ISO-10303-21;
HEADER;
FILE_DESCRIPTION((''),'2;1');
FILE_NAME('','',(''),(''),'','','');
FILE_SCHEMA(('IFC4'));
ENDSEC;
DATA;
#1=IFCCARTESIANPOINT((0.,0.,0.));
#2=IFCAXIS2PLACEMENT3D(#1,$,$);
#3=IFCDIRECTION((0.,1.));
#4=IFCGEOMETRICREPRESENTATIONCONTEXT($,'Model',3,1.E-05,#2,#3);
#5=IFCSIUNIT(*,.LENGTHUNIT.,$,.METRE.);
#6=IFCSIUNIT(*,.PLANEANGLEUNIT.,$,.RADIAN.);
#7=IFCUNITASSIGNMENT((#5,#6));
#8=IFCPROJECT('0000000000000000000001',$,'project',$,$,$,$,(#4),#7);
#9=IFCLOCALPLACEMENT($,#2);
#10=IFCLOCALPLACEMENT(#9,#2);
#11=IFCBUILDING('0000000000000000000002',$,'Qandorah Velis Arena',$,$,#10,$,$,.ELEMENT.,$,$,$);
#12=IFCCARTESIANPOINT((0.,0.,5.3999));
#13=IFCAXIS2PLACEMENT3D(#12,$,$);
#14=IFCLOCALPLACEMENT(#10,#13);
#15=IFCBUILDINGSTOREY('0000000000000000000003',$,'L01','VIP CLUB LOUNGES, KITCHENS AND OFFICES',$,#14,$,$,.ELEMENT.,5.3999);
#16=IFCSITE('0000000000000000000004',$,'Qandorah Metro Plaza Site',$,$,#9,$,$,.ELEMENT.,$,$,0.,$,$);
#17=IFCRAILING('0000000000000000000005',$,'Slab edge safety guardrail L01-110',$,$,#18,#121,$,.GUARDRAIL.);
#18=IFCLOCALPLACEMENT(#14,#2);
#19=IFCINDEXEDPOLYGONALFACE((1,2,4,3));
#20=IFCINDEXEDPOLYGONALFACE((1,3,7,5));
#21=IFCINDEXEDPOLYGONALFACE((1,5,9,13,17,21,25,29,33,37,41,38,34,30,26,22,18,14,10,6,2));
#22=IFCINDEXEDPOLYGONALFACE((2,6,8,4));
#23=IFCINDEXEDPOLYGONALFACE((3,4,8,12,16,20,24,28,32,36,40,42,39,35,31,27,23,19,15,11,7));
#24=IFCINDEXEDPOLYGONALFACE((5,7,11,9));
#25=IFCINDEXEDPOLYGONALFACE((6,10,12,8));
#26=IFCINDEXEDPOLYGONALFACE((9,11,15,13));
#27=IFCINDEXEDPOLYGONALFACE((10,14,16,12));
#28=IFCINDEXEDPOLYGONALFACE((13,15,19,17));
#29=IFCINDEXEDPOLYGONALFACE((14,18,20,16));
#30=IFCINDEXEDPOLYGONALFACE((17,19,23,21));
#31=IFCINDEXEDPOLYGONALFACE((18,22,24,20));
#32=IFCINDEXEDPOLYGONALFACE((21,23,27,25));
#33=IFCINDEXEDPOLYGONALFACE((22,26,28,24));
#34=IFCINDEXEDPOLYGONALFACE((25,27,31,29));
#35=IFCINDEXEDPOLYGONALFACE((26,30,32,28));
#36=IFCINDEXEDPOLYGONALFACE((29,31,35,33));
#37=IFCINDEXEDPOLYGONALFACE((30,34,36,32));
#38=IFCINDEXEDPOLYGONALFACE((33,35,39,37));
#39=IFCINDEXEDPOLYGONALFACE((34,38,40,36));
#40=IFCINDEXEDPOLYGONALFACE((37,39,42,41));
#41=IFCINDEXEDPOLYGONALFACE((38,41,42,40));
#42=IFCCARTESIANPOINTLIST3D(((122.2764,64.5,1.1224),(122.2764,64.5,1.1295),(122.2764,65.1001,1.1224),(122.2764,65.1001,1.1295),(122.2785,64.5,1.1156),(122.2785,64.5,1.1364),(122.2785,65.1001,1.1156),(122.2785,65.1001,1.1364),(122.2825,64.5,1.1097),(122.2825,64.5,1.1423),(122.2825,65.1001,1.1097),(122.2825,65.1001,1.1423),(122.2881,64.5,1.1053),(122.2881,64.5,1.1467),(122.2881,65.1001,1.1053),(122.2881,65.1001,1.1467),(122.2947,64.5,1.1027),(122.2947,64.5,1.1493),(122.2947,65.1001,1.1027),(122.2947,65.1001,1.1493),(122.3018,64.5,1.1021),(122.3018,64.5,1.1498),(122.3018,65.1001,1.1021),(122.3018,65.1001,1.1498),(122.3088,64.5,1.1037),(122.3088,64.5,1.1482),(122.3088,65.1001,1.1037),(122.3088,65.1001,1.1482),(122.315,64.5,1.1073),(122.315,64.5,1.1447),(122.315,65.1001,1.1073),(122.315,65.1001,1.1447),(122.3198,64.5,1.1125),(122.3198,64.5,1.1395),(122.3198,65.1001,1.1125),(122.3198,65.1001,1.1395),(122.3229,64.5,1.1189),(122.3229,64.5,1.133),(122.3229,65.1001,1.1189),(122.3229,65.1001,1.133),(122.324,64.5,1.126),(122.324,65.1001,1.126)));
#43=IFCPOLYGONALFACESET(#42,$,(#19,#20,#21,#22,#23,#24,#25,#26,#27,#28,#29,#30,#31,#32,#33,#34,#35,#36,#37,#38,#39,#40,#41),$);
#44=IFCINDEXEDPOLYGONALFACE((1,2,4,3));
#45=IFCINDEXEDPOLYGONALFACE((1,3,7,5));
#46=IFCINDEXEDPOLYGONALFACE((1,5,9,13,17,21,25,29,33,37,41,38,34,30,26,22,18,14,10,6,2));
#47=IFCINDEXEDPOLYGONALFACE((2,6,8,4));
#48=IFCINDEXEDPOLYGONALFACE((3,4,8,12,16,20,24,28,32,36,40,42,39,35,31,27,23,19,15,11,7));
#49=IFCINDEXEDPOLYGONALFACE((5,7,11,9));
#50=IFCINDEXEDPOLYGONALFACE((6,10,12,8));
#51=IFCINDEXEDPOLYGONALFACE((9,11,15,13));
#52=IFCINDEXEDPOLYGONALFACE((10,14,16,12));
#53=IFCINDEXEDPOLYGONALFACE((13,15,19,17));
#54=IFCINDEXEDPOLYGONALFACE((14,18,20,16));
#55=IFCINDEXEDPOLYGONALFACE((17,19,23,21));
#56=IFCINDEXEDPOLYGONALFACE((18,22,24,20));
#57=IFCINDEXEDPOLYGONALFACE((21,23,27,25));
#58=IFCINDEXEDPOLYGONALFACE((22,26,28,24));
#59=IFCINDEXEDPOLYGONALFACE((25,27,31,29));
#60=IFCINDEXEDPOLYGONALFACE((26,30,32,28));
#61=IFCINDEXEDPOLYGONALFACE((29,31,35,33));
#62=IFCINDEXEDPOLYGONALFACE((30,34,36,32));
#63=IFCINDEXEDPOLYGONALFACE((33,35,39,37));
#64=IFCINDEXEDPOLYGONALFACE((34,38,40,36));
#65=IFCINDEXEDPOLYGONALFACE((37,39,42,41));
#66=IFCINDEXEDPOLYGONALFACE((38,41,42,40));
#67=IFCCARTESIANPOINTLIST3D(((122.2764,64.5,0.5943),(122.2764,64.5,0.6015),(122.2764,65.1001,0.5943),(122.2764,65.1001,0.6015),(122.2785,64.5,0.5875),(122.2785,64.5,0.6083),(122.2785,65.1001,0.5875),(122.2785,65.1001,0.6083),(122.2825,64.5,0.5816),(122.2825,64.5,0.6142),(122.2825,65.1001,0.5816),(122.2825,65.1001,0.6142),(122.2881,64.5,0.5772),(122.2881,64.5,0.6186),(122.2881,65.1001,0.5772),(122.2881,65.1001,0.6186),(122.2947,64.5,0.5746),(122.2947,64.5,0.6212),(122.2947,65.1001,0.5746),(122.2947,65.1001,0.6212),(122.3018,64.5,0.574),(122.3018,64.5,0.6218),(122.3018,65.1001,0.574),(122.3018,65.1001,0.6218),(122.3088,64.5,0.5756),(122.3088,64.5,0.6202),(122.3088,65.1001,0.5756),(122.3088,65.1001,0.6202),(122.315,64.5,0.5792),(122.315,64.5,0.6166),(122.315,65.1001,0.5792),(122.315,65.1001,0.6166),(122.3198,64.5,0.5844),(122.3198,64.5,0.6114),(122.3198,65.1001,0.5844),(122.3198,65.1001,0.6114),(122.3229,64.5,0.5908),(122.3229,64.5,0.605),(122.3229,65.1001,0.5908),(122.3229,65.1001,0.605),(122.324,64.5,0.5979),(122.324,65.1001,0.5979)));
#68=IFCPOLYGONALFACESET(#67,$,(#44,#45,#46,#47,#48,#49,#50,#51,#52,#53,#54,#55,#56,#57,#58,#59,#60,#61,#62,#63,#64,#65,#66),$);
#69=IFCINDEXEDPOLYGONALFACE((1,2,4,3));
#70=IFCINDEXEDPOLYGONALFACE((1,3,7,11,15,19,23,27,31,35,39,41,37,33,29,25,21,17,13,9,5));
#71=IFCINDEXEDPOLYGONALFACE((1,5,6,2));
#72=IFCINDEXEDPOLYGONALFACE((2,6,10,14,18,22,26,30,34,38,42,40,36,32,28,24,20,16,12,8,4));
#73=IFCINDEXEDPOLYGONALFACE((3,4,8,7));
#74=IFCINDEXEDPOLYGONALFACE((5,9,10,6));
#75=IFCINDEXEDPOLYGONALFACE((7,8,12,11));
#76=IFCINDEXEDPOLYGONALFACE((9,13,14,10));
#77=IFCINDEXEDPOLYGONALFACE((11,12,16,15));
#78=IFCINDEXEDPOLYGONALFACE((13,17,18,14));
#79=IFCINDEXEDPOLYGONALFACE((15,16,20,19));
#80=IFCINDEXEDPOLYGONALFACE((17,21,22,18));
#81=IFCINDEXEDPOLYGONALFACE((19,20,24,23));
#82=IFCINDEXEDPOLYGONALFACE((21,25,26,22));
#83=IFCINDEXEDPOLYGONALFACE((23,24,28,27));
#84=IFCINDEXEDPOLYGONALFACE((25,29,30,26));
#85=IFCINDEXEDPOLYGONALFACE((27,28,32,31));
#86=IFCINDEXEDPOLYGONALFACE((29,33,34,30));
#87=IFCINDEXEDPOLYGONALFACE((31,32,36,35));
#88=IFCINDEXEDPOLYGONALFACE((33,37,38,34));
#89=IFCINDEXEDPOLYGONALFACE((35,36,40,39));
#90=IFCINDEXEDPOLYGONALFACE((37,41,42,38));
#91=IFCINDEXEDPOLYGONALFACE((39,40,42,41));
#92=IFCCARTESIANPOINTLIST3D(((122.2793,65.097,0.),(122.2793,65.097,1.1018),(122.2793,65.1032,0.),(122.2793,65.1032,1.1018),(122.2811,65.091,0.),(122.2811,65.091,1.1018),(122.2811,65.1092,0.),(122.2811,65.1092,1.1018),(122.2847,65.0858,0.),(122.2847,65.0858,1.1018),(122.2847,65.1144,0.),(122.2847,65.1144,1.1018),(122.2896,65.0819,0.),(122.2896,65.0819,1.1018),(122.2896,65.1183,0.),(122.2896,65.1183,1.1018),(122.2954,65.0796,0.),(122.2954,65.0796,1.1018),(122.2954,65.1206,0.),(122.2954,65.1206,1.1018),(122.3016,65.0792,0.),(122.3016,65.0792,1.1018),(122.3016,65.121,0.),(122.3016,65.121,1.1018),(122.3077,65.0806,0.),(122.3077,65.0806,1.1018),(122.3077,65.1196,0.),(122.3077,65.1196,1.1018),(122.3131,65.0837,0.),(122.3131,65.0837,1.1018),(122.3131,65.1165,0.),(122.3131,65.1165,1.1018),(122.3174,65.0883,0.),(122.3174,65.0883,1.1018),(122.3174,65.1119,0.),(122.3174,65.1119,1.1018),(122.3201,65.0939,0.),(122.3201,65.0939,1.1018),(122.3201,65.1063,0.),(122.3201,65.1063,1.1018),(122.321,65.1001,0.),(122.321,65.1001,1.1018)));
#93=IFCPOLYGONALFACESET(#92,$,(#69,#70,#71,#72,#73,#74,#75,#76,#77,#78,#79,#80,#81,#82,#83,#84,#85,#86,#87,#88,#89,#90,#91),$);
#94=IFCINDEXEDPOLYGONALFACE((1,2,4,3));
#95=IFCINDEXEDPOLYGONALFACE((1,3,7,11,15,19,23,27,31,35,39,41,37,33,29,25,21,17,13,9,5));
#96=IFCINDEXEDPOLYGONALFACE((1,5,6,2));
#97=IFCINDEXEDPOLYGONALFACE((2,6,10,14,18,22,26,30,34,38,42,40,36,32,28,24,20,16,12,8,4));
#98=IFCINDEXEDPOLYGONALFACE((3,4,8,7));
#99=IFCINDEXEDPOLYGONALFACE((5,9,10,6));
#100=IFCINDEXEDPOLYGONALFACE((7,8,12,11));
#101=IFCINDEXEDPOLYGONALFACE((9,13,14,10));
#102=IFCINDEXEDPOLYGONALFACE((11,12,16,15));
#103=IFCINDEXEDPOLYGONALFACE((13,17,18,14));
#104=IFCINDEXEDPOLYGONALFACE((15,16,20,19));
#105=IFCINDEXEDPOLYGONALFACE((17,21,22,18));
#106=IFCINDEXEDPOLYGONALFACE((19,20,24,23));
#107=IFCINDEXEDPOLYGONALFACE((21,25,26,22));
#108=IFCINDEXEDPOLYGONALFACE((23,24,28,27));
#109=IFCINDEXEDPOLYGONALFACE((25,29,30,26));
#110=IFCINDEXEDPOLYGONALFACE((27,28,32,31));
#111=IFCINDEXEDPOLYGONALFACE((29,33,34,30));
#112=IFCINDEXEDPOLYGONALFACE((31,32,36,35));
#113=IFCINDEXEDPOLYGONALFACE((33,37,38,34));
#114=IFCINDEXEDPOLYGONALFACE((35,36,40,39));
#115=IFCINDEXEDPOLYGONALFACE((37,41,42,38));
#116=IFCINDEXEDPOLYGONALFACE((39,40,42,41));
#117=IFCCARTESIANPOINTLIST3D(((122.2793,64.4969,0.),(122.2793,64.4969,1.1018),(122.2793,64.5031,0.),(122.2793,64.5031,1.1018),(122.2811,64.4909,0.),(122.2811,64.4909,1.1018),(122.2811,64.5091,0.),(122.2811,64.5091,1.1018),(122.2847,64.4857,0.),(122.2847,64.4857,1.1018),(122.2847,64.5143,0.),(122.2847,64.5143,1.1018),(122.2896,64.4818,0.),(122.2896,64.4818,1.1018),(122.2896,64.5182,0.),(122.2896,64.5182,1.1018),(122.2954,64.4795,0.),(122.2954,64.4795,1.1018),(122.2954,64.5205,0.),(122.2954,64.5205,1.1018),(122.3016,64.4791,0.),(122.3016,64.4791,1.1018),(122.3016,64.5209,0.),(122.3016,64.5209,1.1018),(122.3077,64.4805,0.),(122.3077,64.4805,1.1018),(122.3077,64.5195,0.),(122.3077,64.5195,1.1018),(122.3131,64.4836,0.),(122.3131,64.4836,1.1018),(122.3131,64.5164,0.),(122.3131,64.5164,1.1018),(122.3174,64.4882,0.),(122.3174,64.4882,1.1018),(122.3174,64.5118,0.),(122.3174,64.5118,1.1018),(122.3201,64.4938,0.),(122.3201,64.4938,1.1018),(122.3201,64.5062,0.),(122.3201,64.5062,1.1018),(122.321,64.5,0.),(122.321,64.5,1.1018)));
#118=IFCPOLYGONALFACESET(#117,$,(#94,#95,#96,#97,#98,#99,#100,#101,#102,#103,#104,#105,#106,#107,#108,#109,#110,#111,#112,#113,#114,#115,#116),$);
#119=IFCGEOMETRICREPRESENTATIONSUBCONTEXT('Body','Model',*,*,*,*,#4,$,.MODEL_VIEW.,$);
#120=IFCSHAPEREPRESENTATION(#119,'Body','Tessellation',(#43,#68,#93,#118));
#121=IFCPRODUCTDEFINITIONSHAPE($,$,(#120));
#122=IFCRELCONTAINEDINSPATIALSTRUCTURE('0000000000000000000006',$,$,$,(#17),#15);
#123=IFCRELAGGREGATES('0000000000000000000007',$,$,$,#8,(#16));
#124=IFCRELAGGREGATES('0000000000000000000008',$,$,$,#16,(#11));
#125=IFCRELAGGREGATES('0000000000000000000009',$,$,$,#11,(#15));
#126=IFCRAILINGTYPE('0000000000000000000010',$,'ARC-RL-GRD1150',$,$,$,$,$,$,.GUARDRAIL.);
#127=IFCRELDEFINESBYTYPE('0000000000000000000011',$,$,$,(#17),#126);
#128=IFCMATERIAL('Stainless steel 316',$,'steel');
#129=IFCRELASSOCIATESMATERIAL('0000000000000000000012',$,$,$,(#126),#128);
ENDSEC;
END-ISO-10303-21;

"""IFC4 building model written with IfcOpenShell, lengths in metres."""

from ifc_helpers import new_model, si_unit, direction, frame, origin, origin_2d, place, context, subcontext, project, spatial, circle, extrude, material, type_object, element, save


model = new_model("IFC4")

# Units and contexts
model_context = context("Model", 3, precision=1e-05, world=origin(), true_north=direction((0.0, 1.0)))
body_context = subcontext(model_context, "Body", "Model", "MODEL_VIEW")
ifc_project = project(units=[si_unit("LENGTHUNIT", "METRE"), si_unit("PLANEANGLEUNIT", "RADIAN")], contexts=[model_context])

# Site, building, storey
site_placement = place(None, origin())
site = spatial("IfcSite", under=ifc_project, at=site_placement, Name="Qandorah Metro Plaza Site", CompositionType="ELEMENT", RefElevation=0.0)
building_placement = place(site_placement, origin())
building = spatial("IfcBuilding", under=site, at=building_placement, Name="Qandorah Velis Arena", CompositionType="ELEMENT")
storey_placement = place(building_placement, frame((0.0, 0.0, 5.3999)))
storey = spatial("IfcBuildingStorey", under=building, at=storey_placement, Name="L01", Description="VIP CLUB LOUNGES, KITCHENS AND OFFICES", CompositionType="ELEMENT", Elevation=5.3999)

# Railing
ifc_material_1 = material(Name="Stainless steel 316", Category="steel")
railing_type = type_object("IfcRailingType", Name="ARC-RL-GRD1150", PredefinedType="GUARDRAIL", material=ifc_material_1)
for number, where, name in (
    (1, (122.3, 65.1001, 0.0), "Slab edge safety guardrail L01-110"),
):
    element("IfcRailing", number, at=place(storey_placement, frame(where)), inside=storey, type_object=railing_type, Name=name, PredefinedType="GUARDRAIL", context=body_context, shape_type="SweptSolid", body=[
        extrude(circle(Radius=0.0239, at=origin_2d()), frame((0.0, 0.0, 1.126), z_axis=(0.0, -1.0, 0.0), x_axis=(1.0, 0.0, 0.0)), (0.0, 0.0, 1.0), 0.6001),
        extrude(circle(Radius=0.0239, at=origin_2d()), frame((0.0, 0.0, 0.5979), z_axis=(0.0, -1.0, 0.0), x_axis=(1.0, 0.0, 0.0)), (0.0, 0.0, 1.0), 0.6001),
        extrude(circle(Radius=0.021, at=origin_2d()), origin(), (0.0, 0.0, 1.0), 1.1018),
        extrude(circle(Radius=0.021, at=origin_2d()), frame((0.0, -0.6001, 0.0)), (0.0, 0.0, 1.0), 1.1018),
    ])

save(model, "model.ifc")
